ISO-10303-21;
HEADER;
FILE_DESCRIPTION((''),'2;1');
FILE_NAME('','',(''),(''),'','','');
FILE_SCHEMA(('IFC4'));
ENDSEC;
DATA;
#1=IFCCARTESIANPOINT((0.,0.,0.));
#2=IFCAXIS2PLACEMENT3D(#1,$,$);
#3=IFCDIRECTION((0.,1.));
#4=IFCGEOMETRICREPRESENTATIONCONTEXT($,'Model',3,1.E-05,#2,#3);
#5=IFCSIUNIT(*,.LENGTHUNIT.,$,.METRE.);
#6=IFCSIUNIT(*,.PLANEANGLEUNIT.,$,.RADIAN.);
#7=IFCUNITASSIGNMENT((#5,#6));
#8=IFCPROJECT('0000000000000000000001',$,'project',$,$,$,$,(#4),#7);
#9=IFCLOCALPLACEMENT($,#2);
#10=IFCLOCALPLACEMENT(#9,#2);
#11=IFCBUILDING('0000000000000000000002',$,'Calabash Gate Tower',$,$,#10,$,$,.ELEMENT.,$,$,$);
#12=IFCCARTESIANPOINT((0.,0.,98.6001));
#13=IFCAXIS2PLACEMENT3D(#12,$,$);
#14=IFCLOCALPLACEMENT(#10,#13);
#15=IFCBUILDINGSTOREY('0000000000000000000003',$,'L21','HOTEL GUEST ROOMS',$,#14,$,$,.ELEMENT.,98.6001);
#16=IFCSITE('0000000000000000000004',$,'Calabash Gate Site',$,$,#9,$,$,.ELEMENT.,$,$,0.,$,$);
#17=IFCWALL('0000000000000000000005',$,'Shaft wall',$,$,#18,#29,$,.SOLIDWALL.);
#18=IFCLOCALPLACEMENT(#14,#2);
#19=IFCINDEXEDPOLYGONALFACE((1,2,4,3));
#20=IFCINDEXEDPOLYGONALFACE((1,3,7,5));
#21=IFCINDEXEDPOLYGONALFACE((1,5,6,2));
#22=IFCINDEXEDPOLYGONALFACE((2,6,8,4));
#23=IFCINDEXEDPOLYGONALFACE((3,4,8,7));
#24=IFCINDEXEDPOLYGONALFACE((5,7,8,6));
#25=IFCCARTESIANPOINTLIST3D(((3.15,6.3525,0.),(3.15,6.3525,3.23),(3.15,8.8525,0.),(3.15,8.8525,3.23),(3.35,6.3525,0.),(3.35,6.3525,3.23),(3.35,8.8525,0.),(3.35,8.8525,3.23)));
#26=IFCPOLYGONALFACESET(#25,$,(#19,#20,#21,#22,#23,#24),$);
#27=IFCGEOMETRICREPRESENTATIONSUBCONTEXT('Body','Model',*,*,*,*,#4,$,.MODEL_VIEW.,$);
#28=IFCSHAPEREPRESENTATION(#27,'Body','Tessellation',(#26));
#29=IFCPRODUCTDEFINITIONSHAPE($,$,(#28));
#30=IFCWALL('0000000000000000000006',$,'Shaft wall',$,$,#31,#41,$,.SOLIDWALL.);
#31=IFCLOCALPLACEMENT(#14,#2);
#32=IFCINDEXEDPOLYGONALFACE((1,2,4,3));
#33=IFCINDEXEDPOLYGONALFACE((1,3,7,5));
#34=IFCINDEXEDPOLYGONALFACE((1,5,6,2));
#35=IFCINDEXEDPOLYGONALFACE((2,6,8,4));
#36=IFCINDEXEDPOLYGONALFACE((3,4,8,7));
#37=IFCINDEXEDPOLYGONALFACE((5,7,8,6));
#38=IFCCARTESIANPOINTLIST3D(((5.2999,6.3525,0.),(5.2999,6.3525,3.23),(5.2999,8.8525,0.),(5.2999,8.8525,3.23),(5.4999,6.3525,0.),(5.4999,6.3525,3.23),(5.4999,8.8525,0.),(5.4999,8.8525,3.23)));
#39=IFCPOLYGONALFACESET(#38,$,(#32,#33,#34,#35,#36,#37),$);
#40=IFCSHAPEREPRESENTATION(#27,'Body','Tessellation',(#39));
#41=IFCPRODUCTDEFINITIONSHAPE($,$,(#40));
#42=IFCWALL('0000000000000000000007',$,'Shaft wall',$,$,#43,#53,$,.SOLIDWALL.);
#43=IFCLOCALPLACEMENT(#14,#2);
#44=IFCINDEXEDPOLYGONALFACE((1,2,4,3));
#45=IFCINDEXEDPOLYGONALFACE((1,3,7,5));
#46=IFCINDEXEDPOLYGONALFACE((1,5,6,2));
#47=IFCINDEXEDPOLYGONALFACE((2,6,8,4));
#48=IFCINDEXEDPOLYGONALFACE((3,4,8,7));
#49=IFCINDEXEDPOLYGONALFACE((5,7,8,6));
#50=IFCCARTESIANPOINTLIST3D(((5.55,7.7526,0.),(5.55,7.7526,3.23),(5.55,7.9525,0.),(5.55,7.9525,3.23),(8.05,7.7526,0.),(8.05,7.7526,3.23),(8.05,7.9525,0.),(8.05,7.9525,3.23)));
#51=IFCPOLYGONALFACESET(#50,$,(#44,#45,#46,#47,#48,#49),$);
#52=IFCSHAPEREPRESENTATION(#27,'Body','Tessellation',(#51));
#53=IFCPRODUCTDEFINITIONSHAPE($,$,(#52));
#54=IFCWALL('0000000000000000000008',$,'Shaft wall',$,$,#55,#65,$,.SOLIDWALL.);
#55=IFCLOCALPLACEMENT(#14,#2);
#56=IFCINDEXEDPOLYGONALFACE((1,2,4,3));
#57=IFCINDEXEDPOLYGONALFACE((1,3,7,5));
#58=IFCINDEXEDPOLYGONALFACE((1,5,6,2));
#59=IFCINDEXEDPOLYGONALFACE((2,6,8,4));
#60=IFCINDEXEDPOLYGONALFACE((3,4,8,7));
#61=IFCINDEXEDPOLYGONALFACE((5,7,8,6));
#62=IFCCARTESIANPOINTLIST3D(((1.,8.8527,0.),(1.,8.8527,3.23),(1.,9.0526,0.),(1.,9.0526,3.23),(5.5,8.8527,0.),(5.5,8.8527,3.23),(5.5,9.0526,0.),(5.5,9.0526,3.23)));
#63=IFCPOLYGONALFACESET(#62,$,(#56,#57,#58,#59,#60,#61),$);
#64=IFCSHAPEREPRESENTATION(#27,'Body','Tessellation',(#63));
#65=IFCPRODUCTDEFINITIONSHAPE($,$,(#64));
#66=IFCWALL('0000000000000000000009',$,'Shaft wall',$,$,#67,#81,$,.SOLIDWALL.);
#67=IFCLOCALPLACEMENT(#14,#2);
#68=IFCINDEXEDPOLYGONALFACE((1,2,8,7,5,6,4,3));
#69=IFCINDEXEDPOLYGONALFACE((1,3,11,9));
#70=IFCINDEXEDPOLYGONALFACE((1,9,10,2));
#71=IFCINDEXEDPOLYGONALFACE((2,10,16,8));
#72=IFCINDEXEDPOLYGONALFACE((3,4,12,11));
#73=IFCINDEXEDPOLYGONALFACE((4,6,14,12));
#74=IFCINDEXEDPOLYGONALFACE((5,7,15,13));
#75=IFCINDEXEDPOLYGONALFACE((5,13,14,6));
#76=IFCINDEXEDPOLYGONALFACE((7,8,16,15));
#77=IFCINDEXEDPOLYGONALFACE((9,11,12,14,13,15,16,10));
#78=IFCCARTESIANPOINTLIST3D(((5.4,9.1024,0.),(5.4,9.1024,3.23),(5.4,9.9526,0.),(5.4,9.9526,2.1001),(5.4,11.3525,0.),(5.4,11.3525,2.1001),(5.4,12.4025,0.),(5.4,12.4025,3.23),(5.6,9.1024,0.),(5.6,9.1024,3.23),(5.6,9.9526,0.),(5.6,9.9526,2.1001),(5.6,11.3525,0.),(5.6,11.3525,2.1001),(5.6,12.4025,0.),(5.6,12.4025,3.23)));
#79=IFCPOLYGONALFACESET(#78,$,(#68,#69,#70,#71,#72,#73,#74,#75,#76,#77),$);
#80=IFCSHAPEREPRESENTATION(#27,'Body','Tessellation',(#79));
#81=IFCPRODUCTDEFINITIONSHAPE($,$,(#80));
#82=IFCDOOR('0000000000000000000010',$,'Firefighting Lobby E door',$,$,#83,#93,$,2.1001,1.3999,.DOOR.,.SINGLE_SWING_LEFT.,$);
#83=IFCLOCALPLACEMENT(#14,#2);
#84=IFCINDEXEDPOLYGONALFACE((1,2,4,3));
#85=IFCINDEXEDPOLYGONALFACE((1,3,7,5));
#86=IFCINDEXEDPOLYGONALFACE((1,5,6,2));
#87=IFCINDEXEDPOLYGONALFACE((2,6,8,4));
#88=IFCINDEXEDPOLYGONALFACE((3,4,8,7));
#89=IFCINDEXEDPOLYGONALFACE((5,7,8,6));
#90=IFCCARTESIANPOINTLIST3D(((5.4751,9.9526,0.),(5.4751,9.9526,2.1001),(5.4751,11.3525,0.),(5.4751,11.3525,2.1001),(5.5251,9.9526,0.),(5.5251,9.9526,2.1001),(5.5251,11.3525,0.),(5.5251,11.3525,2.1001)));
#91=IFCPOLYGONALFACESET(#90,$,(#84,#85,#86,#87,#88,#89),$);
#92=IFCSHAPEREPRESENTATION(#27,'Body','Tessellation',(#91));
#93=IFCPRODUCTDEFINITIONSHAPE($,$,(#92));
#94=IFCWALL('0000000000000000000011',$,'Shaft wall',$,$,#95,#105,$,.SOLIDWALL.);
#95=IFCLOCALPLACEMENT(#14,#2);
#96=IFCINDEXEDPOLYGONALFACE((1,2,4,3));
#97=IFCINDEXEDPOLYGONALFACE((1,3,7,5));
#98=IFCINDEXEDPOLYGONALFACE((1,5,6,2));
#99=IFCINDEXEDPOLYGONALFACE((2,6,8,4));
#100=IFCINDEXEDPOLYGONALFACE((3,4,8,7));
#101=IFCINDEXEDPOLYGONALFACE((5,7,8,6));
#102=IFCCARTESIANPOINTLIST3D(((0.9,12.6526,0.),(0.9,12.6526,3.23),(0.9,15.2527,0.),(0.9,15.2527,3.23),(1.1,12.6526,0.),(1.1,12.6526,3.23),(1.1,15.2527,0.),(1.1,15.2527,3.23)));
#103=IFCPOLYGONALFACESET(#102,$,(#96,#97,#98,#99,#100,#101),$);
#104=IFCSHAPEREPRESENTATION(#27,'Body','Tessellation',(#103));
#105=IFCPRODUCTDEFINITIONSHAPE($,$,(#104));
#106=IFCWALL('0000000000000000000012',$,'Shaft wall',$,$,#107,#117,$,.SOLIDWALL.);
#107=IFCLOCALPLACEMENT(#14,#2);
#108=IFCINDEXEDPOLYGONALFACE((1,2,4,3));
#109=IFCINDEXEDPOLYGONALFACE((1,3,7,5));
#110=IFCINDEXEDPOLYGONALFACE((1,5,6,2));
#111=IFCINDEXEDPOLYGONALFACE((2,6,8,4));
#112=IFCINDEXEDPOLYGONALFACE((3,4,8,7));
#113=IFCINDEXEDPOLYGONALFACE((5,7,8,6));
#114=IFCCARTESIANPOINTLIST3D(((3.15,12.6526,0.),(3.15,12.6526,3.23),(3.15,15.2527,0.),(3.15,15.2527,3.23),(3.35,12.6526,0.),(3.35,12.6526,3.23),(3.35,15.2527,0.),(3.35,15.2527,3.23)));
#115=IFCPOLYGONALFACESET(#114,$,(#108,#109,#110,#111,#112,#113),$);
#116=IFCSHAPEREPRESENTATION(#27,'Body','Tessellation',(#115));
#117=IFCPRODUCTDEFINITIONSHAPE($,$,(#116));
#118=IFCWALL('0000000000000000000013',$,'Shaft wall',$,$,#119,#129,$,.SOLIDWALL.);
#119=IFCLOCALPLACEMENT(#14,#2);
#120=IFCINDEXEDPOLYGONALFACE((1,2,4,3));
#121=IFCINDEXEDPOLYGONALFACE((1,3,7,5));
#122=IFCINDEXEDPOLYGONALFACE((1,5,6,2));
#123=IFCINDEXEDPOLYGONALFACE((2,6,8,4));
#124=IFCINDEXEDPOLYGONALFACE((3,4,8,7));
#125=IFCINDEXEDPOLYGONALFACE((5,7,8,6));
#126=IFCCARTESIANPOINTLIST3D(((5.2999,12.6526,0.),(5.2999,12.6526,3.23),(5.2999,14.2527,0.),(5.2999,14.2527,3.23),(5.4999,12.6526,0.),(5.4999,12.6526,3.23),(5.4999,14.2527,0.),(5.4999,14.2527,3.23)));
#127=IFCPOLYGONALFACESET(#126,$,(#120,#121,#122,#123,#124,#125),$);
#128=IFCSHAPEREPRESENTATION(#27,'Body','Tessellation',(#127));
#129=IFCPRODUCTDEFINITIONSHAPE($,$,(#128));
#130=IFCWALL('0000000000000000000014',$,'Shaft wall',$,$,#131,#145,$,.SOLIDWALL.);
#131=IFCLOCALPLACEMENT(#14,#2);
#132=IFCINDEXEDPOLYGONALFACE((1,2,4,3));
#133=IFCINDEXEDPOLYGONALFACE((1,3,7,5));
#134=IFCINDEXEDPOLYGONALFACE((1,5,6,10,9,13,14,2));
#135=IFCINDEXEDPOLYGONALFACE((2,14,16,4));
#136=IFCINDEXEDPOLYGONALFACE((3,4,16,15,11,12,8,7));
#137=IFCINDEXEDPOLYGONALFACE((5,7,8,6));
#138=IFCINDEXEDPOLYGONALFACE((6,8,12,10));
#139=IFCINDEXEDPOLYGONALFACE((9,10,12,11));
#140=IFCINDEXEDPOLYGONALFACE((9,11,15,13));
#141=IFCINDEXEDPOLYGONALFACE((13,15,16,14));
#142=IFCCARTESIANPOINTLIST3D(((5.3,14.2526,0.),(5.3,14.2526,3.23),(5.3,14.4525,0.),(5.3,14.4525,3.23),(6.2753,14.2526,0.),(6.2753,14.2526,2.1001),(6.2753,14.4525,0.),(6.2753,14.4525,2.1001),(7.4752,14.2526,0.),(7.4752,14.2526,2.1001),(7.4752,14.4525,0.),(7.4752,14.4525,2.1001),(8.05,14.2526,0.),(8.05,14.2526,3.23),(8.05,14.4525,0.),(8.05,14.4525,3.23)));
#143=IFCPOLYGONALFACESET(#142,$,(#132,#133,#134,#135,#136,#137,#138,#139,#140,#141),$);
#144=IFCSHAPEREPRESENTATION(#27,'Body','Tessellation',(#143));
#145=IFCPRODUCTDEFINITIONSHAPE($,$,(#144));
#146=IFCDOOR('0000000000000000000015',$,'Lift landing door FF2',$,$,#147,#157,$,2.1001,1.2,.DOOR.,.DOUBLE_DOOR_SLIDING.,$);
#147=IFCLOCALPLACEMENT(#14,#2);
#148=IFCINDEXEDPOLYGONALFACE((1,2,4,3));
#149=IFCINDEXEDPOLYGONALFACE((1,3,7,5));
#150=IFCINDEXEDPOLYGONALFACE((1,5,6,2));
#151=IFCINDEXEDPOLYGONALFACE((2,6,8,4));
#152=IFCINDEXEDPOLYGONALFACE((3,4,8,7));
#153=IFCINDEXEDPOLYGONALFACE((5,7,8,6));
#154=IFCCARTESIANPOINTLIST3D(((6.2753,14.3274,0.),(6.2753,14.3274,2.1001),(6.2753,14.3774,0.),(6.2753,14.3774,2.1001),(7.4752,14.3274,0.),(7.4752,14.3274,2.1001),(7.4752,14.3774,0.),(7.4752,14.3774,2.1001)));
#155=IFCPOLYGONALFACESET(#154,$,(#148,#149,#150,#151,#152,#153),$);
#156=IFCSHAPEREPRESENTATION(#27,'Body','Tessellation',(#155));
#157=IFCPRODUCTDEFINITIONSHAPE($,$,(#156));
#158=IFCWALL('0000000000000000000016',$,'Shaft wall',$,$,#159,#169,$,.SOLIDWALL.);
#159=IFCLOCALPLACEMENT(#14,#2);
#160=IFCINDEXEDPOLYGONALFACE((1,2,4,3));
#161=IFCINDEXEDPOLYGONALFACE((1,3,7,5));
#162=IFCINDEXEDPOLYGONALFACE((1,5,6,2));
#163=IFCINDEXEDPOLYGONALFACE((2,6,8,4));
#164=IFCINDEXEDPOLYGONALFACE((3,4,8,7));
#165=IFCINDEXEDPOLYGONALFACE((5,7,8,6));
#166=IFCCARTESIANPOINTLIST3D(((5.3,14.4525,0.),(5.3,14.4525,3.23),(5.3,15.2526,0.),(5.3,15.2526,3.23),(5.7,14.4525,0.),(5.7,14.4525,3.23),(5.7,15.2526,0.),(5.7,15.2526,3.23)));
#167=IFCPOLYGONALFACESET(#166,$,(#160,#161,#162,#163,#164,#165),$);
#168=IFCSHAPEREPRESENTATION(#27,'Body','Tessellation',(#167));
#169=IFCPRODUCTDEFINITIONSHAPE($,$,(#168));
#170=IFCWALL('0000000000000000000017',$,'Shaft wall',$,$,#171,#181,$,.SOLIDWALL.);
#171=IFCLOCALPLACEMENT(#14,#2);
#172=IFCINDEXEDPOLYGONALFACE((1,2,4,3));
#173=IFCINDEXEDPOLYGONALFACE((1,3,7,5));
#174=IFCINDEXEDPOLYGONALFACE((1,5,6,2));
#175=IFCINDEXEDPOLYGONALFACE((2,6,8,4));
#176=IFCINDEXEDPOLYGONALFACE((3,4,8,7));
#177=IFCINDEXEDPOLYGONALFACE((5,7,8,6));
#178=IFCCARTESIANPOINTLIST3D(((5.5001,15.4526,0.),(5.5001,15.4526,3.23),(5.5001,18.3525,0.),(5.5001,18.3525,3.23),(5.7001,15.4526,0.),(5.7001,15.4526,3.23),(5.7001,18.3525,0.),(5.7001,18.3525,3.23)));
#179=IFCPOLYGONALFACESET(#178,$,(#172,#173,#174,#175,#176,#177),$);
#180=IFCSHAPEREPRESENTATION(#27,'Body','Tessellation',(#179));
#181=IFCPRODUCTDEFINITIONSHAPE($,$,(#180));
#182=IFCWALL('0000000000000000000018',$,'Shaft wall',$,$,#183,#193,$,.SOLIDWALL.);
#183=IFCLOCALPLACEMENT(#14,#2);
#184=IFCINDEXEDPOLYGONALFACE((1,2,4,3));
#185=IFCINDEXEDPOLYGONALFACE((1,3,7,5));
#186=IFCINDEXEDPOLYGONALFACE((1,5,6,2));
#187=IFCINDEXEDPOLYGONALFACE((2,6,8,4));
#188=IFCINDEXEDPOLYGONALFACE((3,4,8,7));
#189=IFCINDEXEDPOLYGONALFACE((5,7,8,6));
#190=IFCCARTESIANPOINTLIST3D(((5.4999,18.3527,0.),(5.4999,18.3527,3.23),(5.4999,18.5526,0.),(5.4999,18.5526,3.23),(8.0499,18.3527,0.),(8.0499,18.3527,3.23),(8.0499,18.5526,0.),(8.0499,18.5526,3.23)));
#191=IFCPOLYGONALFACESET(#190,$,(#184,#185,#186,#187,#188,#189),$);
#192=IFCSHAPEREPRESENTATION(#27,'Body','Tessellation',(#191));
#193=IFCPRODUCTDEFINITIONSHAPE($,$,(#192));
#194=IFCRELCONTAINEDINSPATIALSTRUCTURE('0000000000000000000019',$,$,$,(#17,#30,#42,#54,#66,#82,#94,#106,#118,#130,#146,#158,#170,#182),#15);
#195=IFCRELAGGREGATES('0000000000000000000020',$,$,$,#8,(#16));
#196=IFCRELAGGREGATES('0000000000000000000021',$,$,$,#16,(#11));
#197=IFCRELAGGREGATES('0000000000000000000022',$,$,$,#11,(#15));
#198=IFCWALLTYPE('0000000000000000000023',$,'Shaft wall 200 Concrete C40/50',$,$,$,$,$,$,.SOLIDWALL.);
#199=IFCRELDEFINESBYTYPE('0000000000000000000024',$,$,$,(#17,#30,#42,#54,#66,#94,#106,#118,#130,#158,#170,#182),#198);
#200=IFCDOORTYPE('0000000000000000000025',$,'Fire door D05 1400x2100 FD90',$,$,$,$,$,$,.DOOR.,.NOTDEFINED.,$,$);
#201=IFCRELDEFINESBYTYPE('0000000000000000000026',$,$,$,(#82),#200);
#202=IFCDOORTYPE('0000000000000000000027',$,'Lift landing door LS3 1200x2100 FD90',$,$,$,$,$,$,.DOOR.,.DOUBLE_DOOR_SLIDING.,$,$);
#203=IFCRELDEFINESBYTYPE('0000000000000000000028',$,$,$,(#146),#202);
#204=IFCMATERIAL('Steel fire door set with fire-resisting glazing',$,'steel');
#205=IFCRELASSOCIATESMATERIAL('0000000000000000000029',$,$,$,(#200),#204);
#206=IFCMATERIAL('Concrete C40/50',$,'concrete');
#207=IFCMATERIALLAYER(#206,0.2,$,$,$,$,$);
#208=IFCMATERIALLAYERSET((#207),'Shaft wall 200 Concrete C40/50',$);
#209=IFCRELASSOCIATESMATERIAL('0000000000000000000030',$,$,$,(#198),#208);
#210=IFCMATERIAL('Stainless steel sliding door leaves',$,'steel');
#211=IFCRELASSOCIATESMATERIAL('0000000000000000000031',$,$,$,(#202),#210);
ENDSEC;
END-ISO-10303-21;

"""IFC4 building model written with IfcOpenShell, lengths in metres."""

from ifc_helpers import new_model, si_unit, direction, frame, frame_2d, origin, place, context, subcontext, project, spatial, rectangle, extrude, material, layer, layer_set, type_object, element, fill, save


model = new_model("IFC4")

# Units and contexts
model_context = context("Model", 3, precision=1e-05, world=origin(), true_north=direction((0.0, 1.0)))
body_context = subcontext(model_context, "Body", "Model", "MODEL_VIEW")
ifc_project = project(units=[si_unit("LENGTHUNIT", "METRE"), si_unit("PLANEANGLEUNIT", "RADIAN")], contexts=[model_context])

# Site, building, storey
site_placement = place(None, origin())
site = spatial("IfcSite", under=ifc_project, at=site_placement, Name="Calabash Gate Site", CompositionType="ELEMENT", RefElevation=0.0)
building_placement = place(site_placement, origin())
building = spatial("IfcBuilding", under=site, at=building_placement, Name="Calabash Gate Tower", CompositionType="ELEMENT")
storey_placement = place(building_placement, frame((0.0, 0.0, 98.6001)))
storey = spatial("IfcBuildingStorey", under=building, at=storey_placement, Name="L21", Description="HOTEL GUEST ROOMS", CompositionType="ELEMENT", Elevation=98.6001)

# Shared definitions
ifc_material_1 = material(Name="Steel fire door set with fire-resisting glazing", Category="steel")
door_type_1 = type_object("IfcDoorType", Name="Fire door D05 1400x2100 FD90", OperationType="NOTDEFINED", PredefinedType="DOOR", material=ifc_material_1)

# Walls
ifc_material_2 = material(Name="Concrete C40/50", Category="concrete")
ifc_layer_1 = layer(ifc_material_2, 0.2)
ifc_layer_set_1 = layer_set([ifc_layer_1], Name="Shaft wall 200 Concrete C40/50")
wall_type_1 = type_object("IfcWallType", Name="Shaft wall 200 Concrete C40/50", PredefinedType="SOLIDWALL", material=ifc_layer_set_1)
for number, where, z_axis, x_axis, name in (
    (1, (3.25, 6.3525, 0.0), (0.0, 0.0, 1.0), (0.0, 1.0, 0.0), "Shaft wall"),
    (2, (5.3999, 6.3525, 0.0), (0.0, 0.0, 1.0), (0.0, 1.0, 0.0), "Shaft wall"),
    (3, (5.55, 7.8525, 0.0), (0.0, 0.0, 1.0), (1.0, 0.0, 0.0), "Shaft wall"),
):
    element("IfcWall", number, at=place(storey_placement, frame(where, z_axis=z_axis, x_axis=x_axis)), inside=storey, type_object=wall_type_1, Name=name, PredefinedType="SOLIDWALL", context=body_context, shape_type="SweptSolid", body=[
        extrude(rectangle(XDim=2.5, YDim=0.2, at=frame_2d((1.25, 0.0))), origin(), (0.0, 0.0, 1.0), 3.23),
    ])
wall_1_placement = place(storey_placement, frame((1.0, 8.9526, 0.0), z_axis=(0.0, 0.0, 1.0), x_axis=(1.0, 0.0, 0.0)))
element("IfcWall", 4, at=wall_1_placement, inside=storey, type_object=wall_type_1, Name="Shaft wall", PredefinedType="SOLIDWALL", context=body_context, shape_type="SweptSolid", body=[
    extrude(rectangle(XDim=4.5, YDim=0.2, at=frame_2d((2.25, 0.0))), origin(), (0.0, 0.0, 1.0), 3.23),
])

# Wall, opening, door
wall_2_placement = place(storey_placement, frame((5.5, 9.1025, 0.0), z_axis=(0.0, 0.0, 1.0), x_axis=(0.0, 1.0, 0.0)))
wall_2 = element("IfcWall", 5, at=wall_2_placement, inside=storey, type_object=wall_type_1, Name="Shaft wall", PredefinedType="SOLIDWALL", context=body_context, shape_type="SweptSolid", body=[
    extrude(rectangle(XDim=3.3, YDim=0.2, at=frame_2d((1.6499, 0.0))), origin(), (0.0, 0.0, 1.0), 3.23),
])
opening_1_placement = place(wall_2_placement, frame((0.8501, 0.0, 0.0)))
opening_1 = element("IfcOpeningElement", 6, at=opening_1_placement, cuts=wall_2, PredefinedType="OPENING", context=body_context, shape_type="SweptSolid", body=[
    extrude(rectangle(XDim=1.3999, YDim=2.1001, at=frame_2d((0.7, 1.05))), frame((0.0, 0.1099, 0.0), z_axis=(0.0, -1.0, 0.0), x_axis=(1.0, 0.0, 0.0)), (0.0, 0.0, 1.0), 0.22),
])
door_1_placement = place(opening_1_placement, origin())
door_1 = element("IfcDoor", 7, at=door_1_placement, inside=storey, type_object=door_type_1, Name="Firefighting Lobby E door", OperationType="SINGLE_SWING_LEFT", OverallHeight=2.1001, OverallWidth=1.3999, PredefinedType="DOOR", context=body_context, shape_type="SweptSolid", body=[
    extrude(rectangle(XDim=1.3999, YDim=2.1001, at=frame_2d((0.7, 1.05))), frame((0.0, 0.0249, 0.0), z_axis=(0.0, -1.0, 0.0), x_axis=(1.0, 0.0, 0.0)), (0.0, 0.0, 1.0), 0.05),
])
fill(opening_1, door_1)

# Walls
for number, where, z_axis, x_axis, name in (
    (8, (1.0, 12.6526, 0.0), (0.0, 0.0, 1.0), (0.0, 1.0, 0.0), "Shaft wall"),
    (9, (3.25, 12.6526, 0.0), (0.0, 0.0, 1.0), (0.0, 1.0, 0.0), "Shaft wall"),
):
    element("IfcWall", number, at=place(storey_placement, frame(where, z_axis=z_axis, x_axis=x_axis)), inside=storey, type_object=wall_type_1, Name=name, PredefinedType="SOLIDWALL", context=body_context, shape_type="SweptSolid", body=[
        extrude(rectangle(XDim=2.6001, YDim=0.2, at=frame_2d((1.3, 0.0))), origin(), (0.0, 0.0, 1.0), 3.23),
    ])
wall_3_placement = place(storey_placement, frame((5.3999, 12.6526, 0.0), z_axis=(0.0, 0.0, 1.0), x_axis=(0.0, 1.0, 0.0)))
element("IfcWall", 10, at=wall_3_placement, inside=storey, type_object=wall_type_1, Name="Shaft wall", PredefinedType="SOLIDWALL", context=body_context, shape_type="SweptSolid", body=[
    extrude(rectangle(XDim=1.6001, YDim=0.2, at=frame_2d((0.8, 0.0))), origin(), (0.0, 0.0, 1.0), 3.23),
])

# Wall, opening, door
wall_4_placement = place(storey_placement, frame((5.3, 14.3525, 0.0), z_axis=(0.0, 0.0, 1.0), x_axis=(1.0, 0.0, 0.0)))
wall_4 = element("IfcWall", 11, at=wall_4_placement, inside=storey, type_object=wall_type_1, Name="Shaft wall", PredefinedType="SOLIDWALL", context=body_context, shape_type="SweptSolid", body=[
    extrude(rectangle(XDim=2.75, YDim=0.2, at=frame_2d((1.375, 0.0))), origin(), (0.0, 0.0, 1.0), 3.23),
])
opening_2_placement = place(wall_4_placement, frame((0.9751, 0.0, 0.0)))
opening_2 = element("IfcOpeningElement", 12, at=opening_2_placement, cuts=wall_4, PredefinedType="OPENING", context=body_context, shape_type="SweptSolid", body=[
    extrude(rectangle(XDim=1.2, YDim=2.1001, at=frame_2d((0.6001, 1.05))), frame((0.0, 0.1099, 0.0), z_axis=(0.0, -1.0, 0.0), x_axis=(1.0, 0.0, 0.0)), (0.0, 0.0, 1.0), 0.22),
])
ifc_material_3 = material(Name="Stainless steel sliding door leaves", Category="steel")
door_type_2 = type_object("IfcDoorType", Name="Lift landing door LS3 1200x2100 FD90", OperationType="DOUBLE_DOOR_SLIDING", PredefinedType="DOOR", material=ifc_material_3)
door_2_placement = place(opening_2_placement, origin())
door_2 = element("IfcDoor", 13, at=door_2_placement, inside=storey, type_object=door_type_2, Name="Lift landing door FF2", OperationType="DOUBLE_DOOR_SLIDING", OverallHeight=2.1001, OverallWidth=1.2, PredefinedType="DOOR", context=body_context, shape_type="SweptSolid", body=[
    extrude(rectangle(XDim=1.2, YDim=2.1001, at=frame_2d((0.6001, 1.05))), frame((0.0, 0.0249, 0.0), z_axis=(0.0, -1.0, 0.0), x_axis=(1.0, 0.0, 0.0)), (0.0, 0.0, 1.0), 0.05),
])
fill(opening_2, door_2)

# Walls
wall_5_placement = place(storey_placement, frame((5.5, 14.4526, 0.0), z_axis=(0.0, 0.0, 1.0), x_axis=(0.0, 1.0, 0.0)))
element("IfcWall", 14, at=wall_5_placement, inside=storey, type_object=wall_type_1, Name="Shaft wall", PredefinedType="SOLIDWALL", context=body_context, shape_type="SweptSolid", body=[
    extrude(rectangle(XDim=0.8, YDim=0.3999, at=frame_2d((0.3999, 0.0))), origin(), (0.0, 0.0, 1.0), 3.23),
])
wall_6_placement = place(storey_placement, frame((5.6001, 15.4526, 0.0), z_axis=(0.0, 0.0, 1.0), x_axis=(0.0, 1.0, 0.0)))
element("IfcWall", 15, at=wall_6_placement, inside=storey, type_object=wall_type_1, Name="Shaft wall", PredefinedType="SOLIDWALL", context=body_context, shape_type="SweptSolid", body=[
    extrude(rectangle(XDim=2.8999, YDim=0.2, at=frame_2d((1.45, 0.0))), origin(), (0.0, 0.0, 1.0), 3.23),
])
wall_7_placement = place(storey_placement, frame((5.5, 18.4526, 0.0), z_axis=(0.0, 0.0, 1.0), x_axis=(1.0, 0.0, 0.0)))
element("IfcWall", 16, at=wall_7_placement, inside=storey, type_object=wall_type_1, Name="Shaft wall", PredefinedType="SOLIDWALL", context=body_context, shape_type="SweptSolid", body=[
    extrude(rectangle(XDim=2.55, YDim=0.2, at=frame_2d((1.2749, 0.0))), origin(), (0.0, 0.0, 1.0), 3.23),
])

save(model, "model.ifc")
